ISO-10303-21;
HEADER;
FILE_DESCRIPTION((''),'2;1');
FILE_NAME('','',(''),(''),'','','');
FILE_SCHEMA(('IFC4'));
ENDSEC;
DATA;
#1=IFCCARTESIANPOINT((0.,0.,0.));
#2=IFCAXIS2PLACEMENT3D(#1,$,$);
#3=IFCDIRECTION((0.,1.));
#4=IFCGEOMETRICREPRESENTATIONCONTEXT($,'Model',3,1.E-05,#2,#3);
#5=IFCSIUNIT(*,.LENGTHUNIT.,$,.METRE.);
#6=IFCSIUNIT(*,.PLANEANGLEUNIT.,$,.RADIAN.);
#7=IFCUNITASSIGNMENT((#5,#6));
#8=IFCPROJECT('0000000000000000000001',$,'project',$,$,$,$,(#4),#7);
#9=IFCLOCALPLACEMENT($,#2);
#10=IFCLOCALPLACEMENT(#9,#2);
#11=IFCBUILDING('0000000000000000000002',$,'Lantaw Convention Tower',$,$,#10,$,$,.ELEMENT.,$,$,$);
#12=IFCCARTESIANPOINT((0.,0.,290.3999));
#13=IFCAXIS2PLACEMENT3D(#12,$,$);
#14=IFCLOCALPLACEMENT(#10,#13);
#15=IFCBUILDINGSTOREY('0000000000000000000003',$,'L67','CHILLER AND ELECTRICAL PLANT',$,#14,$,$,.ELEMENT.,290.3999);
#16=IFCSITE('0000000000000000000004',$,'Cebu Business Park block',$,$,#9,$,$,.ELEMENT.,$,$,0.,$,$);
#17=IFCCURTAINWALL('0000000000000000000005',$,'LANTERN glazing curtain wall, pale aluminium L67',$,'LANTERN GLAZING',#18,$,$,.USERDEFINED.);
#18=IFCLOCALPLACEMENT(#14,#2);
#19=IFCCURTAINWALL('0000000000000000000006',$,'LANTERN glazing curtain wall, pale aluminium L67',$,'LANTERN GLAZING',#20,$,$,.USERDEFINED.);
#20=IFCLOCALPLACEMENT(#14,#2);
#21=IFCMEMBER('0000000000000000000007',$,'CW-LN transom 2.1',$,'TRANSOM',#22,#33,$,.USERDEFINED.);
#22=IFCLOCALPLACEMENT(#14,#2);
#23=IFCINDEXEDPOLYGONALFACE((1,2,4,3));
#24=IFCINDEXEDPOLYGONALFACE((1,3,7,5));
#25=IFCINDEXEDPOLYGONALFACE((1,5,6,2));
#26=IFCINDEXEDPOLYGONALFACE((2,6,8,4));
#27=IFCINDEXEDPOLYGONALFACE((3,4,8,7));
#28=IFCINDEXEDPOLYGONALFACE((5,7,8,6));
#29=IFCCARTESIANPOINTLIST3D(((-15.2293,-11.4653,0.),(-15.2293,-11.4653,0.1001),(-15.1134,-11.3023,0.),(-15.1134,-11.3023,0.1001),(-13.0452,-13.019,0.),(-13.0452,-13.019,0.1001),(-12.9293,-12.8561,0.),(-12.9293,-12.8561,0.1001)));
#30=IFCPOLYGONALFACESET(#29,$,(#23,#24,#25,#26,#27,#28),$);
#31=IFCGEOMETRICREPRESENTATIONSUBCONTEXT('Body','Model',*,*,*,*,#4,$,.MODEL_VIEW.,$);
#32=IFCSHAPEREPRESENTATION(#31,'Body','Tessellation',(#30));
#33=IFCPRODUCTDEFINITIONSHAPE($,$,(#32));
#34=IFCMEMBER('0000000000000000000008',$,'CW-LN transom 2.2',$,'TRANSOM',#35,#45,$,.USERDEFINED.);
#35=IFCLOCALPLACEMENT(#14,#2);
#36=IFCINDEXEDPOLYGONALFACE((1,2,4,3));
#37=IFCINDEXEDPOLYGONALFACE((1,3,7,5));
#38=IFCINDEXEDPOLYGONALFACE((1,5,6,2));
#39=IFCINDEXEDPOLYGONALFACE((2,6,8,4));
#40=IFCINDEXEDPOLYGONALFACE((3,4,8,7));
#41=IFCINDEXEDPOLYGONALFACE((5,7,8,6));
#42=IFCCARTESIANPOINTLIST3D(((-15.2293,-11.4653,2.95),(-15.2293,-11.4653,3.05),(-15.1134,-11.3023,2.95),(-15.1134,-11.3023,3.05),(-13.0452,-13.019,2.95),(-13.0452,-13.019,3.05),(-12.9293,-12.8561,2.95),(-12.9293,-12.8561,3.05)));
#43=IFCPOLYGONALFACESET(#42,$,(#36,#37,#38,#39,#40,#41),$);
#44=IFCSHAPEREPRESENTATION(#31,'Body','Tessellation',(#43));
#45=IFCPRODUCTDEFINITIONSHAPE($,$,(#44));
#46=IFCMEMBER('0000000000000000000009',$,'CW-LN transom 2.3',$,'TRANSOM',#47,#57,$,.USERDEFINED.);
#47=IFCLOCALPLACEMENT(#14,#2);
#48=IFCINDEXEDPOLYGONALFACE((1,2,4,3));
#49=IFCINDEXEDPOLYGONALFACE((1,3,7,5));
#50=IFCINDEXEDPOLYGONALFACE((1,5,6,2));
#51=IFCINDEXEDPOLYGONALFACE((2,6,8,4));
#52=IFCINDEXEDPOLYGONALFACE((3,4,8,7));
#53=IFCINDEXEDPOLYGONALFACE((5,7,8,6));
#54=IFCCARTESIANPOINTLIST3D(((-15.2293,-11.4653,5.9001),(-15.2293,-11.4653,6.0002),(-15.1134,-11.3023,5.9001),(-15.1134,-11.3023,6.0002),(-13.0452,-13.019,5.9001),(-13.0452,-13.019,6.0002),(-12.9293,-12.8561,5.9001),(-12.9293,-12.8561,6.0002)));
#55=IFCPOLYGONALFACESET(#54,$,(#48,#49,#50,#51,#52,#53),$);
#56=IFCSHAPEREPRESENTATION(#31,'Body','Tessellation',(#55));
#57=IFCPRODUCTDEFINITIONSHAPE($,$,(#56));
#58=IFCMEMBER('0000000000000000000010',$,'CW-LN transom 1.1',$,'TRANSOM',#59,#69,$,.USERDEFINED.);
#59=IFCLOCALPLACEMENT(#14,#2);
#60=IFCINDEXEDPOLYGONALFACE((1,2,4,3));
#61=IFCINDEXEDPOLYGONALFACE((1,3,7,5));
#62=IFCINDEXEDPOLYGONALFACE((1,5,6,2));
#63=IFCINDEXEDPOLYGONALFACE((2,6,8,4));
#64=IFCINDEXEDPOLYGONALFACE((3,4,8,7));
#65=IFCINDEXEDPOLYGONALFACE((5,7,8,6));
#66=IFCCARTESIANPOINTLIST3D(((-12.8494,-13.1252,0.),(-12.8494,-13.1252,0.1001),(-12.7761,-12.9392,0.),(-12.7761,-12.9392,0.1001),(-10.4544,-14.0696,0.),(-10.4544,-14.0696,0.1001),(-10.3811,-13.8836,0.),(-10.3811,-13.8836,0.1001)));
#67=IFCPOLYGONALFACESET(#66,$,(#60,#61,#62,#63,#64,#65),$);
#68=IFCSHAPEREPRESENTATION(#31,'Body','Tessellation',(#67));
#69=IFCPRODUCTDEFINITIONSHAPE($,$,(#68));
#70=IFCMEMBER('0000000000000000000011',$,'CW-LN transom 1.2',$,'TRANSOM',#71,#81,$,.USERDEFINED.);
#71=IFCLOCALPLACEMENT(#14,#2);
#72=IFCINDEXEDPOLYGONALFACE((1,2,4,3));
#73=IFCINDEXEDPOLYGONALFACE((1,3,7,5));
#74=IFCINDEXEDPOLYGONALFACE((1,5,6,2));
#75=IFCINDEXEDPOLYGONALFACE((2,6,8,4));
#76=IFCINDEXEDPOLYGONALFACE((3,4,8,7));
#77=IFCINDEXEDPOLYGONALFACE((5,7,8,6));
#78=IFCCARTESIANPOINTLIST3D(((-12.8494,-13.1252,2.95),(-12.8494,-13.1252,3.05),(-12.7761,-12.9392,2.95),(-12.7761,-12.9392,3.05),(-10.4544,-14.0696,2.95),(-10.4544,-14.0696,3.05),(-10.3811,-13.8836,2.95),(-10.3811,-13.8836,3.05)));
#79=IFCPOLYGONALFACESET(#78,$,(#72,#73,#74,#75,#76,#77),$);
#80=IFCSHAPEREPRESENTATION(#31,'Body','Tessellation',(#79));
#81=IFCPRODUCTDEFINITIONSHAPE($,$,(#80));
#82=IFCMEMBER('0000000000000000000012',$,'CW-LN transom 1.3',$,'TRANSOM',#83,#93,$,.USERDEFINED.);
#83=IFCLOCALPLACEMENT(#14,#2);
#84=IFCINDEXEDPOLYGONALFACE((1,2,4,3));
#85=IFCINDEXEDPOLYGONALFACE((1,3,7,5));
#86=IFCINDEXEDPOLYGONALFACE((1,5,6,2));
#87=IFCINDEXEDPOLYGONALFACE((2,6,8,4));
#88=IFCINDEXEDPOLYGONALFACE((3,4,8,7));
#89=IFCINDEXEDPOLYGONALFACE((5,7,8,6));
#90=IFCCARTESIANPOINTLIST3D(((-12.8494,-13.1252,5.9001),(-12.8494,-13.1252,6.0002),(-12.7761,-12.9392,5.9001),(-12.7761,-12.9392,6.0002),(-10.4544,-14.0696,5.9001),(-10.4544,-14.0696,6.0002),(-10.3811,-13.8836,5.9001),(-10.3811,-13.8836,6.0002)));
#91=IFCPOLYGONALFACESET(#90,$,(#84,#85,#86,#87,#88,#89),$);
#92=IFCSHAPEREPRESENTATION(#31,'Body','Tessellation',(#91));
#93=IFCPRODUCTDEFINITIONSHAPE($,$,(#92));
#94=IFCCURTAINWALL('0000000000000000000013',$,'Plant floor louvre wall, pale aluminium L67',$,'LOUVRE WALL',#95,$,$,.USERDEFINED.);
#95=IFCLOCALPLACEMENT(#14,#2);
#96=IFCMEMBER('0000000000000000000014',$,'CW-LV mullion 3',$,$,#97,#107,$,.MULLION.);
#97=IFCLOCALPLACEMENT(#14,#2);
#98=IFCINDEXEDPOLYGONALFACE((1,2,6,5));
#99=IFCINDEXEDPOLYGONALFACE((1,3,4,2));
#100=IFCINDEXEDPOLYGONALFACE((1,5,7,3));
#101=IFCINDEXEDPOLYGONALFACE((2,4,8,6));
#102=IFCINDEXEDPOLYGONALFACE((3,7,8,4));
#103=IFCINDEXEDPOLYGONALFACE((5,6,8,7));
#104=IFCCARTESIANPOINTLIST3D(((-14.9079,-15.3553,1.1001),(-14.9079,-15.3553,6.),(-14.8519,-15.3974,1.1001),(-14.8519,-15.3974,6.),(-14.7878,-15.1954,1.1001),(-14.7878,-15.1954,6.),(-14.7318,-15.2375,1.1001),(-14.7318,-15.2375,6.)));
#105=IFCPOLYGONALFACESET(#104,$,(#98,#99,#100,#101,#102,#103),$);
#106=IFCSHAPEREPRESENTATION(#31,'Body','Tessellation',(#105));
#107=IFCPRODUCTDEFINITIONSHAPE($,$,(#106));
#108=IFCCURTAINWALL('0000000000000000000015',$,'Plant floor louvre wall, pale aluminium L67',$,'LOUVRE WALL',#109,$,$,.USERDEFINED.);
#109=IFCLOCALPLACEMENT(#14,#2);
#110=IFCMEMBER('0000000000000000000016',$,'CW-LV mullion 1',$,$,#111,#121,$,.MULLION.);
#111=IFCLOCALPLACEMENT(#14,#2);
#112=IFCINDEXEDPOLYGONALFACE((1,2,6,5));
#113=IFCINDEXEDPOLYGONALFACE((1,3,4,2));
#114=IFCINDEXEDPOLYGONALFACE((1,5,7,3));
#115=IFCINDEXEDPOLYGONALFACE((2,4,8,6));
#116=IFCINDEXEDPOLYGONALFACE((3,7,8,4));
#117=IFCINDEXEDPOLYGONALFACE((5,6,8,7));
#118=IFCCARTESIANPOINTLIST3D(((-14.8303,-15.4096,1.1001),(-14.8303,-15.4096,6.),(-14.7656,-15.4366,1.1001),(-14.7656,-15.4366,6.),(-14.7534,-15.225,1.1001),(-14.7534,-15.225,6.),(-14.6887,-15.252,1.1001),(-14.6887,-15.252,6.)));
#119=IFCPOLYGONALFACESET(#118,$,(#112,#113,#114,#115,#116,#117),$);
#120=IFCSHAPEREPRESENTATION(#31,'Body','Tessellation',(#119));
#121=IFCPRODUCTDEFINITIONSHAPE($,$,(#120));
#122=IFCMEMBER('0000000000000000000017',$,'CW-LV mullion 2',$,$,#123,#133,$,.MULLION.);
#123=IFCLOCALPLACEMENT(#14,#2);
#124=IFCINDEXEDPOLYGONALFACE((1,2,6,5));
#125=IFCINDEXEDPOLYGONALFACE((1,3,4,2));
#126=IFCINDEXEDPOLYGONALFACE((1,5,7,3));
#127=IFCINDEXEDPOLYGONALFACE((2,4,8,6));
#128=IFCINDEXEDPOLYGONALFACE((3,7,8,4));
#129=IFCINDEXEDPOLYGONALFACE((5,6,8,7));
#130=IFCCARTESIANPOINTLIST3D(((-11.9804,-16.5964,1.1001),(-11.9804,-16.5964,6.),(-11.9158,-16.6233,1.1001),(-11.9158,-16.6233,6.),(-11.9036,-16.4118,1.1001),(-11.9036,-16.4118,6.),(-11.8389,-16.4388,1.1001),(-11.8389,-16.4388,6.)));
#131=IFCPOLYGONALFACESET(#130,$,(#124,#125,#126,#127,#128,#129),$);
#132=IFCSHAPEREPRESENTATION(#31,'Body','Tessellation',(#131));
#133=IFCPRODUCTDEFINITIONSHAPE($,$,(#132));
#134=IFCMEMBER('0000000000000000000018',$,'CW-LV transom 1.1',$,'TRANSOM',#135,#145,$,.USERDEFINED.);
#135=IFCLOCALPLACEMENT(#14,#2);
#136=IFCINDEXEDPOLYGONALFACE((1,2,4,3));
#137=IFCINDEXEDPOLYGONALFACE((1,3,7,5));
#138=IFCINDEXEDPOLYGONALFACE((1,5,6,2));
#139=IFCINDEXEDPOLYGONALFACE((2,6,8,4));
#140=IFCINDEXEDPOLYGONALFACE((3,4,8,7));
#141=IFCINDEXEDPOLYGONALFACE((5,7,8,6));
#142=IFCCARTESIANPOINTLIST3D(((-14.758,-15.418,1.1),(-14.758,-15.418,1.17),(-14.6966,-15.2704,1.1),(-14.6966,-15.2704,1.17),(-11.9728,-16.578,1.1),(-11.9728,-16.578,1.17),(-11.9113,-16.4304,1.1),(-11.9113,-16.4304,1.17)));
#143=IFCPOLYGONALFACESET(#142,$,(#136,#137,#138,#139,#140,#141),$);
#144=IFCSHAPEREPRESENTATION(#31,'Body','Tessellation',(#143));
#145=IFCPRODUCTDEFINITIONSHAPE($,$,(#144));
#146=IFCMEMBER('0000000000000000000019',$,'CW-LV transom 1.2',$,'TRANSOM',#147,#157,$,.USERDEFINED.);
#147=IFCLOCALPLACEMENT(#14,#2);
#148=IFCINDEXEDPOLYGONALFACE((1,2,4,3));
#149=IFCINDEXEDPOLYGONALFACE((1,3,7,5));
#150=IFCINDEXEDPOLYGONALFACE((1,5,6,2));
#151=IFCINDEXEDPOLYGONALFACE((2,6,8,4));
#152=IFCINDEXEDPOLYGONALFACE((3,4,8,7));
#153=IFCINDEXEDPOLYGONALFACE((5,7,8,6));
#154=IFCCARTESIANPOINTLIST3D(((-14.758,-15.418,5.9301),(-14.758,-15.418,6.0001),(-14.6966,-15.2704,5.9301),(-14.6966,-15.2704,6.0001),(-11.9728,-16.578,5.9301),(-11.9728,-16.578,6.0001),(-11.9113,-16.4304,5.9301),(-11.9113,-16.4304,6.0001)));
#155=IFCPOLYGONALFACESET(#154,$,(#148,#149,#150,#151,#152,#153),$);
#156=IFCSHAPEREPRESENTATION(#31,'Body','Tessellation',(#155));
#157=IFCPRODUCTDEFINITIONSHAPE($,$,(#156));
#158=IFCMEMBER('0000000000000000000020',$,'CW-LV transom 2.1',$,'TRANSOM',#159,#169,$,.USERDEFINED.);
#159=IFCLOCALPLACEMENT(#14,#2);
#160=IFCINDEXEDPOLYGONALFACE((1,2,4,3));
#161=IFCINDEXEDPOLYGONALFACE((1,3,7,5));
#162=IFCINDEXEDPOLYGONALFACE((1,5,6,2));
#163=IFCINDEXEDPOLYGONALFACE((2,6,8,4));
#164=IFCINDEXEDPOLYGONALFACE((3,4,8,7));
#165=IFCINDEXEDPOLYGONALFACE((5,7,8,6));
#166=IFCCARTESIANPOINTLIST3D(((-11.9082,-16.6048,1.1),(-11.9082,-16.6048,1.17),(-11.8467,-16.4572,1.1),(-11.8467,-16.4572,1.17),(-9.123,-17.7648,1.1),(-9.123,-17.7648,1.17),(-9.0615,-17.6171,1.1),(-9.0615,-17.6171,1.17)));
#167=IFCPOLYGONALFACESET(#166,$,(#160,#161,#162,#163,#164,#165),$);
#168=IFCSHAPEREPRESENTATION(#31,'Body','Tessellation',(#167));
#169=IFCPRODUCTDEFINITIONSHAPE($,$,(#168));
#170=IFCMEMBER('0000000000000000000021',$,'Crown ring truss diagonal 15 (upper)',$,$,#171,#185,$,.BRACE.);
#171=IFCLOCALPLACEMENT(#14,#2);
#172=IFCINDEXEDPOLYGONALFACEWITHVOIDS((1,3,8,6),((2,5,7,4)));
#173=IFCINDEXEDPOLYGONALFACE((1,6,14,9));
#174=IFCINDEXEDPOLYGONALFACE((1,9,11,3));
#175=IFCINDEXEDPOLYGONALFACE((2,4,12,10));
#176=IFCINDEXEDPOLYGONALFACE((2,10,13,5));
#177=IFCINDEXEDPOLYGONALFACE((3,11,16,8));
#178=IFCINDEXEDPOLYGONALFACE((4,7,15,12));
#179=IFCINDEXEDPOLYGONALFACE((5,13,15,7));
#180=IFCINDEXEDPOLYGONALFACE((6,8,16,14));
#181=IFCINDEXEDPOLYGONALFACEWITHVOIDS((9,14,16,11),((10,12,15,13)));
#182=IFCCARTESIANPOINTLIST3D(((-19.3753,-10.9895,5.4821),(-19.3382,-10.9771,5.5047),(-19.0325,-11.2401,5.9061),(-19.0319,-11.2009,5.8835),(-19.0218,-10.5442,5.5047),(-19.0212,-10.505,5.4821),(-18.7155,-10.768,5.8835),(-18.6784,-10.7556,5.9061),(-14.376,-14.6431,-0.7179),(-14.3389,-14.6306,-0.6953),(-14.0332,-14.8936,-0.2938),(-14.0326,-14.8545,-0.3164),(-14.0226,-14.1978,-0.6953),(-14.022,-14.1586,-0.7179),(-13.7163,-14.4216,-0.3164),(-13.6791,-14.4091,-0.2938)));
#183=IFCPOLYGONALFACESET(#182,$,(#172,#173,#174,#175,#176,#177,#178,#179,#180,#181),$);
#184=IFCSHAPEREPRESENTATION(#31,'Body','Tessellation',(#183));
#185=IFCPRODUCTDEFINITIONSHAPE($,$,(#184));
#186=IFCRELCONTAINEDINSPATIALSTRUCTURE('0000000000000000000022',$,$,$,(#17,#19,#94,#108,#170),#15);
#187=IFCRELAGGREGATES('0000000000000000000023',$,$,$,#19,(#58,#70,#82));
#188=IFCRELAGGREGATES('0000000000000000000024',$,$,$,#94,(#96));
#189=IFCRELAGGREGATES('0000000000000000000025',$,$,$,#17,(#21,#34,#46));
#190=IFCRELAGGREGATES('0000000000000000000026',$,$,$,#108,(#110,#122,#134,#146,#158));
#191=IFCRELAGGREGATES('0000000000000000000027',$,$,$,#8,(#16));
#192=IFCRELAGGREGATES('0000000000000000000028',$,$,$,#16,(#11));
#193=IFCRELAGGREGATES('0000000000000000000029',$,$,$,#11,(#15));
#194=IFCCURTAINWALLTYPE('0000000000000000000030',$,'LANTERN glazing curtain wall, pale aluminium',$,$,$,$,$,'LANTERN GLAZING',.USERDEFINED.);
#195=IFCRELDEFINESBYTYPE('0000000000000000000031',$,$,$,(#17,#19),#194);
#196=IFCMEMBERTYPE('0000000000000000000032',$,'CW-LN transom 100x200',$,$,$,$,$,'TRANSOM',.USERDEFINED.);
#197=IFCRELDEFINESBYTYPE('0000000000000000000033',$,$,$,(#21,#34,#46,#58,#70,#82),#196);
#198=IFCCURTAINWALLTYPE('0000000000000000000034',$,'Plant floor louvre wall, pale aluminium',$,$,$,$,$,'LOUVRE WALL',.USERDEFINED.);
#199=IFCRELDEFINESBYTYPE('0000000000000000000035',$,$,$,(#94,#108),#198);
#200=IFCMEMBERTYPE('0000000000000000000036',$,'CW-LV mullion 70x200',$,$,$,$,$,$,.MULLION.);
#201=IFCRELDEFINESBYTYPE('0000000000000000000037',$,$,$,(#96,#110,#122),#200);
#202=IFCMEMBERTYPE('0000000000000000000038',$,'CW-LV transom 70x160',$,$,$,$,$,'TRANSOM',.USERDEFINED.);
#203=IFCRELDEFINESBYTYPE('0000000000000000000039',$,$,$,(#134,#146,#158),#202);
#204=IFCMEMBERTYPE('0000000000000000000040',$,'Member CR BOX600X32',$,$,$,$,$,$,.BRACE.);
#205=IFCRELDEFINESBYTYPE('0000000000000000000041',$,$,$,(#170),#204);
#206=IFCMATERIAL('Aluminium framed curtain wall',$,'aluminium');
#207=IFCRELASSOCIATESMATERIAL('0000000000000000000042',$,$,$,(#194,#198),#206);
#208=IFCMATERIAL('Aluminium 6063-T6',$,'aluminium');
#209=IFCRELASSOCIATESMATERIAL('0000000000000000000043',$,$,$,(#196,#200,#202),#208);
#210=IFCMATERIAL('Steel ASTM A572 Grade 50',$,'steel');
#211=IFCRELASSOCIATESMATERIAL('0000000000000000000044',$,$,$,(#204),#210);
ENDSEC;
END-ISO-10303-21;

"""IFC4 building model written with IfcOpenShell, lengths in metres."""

from ifc_helpers import new_model, si_unit, direction, frame, origin, origin_2d, place, context, subcontext, project, spatial, rectangle, hollow_rectangle, extrude, material, material_profile, profile_set, type_object, element, aggregate, save


model = new_model("IFC4")

# Units and contexts
model_context = context("Model", 3, precision=1e-05, world=origin(), true_north=direction((0.0, 1.0)))
body_context = subcontext(model_context, "Body", "Model", "MODEL_VIEW")
ifc_project = project(units=[si_unit("LENGTHUNIT", "METRE"), si_unit("PLANEANGLEUNIT", "RADIAN")], contexts=[model_context])

# Site, building, storey
site_placement = place(None, origin())
site = spatial("IfcSite", under=ifc_project, at=site_placement, Name="Cebu Business Park block", CompositionType="ELEMENT", RefElevation=0.0)
building_placement = place(site_placement, origin())
building = spatial("IfcBuilding", under=site, at=building_placement, Name="Lantaw Convention Tower", CompositionType="ELEMENT")
storey_placement = place(building_placement, frame((0.0, 0.0, 290.3999)))
storey = spatial("IfcBuildingStorey", under=building, at=storey_placement, Name="L67", Description="CHILLER AND ELECTRICAL PLANT", CompositionType="ELEMENT", Elevation=290.3999)

# Shared definitions
ifc_material_1 = material(Name="Steel ASTM A572 Grade 50", Category="steel")

# Curtain wall
ifc_material_2 = material(Name="Aluminium framed curtain wall", Category="aluminium")
curtain_wall_type_1 = type_object("IfcCurtainWallType", Name="LANTERN glazing curtain wall, pale aluminium", ElementType="LANTERN GLAZING", PredefinedType="USERDEFINED", material=ifc_material_2)
curtain_wall_1_placement = place(storey_placement, origin())
curtain_wall_1 = element("IfcCurtainWall", 1, at=curtain_wall_1_placement, inside=storey, type_object=curtain_wall_type_1, Name="LANTERN glazing curtain wall, pale aluminium L67", ObjectType="LANTERN GLAZING", PredefinedType="USERDEFINED")
ifc_material_3 = material(Name="Aluminium 6063-T6", Category="aluminium")

# Curtain wall
curtain_wall_2_placement = place(storey_placement, origin())
curtain_wall_2 = element("IfcCurtainWall", 2, at=curtain_wall_2_placement, inside=storey, type_object=curtain_wall_type_1, Name="LANTERN glazing curtain wall, pale aluminium L67", ObjectType="LANTERN GLAZING", PredefinedType="USERDEFINED")

# Members
ifc_material_profile_1 = material_profile(ifc_material_3, rectangle(XDim=0.2, YDim=0.1001, at=origin_2d()), Name="CW-LN transom 100x200")
ifc_profile_set_1 = profile_set([ifc_material_profile_1], Name="Aluminium 6063-T6")
member_type_1 = type_object("IfcMemberType", Name="CW-LN transom 100x200", ElementType="TRANSOM", PredefinedType="USERDEFINED", material=ifc_profile_set_1)
member_1_placement = place(storey_placement, frame((-15.1714, -11.3838, 0.05), z_axis=(0.814852, -0.579669, 0.0), x_axis=(0.579669, 0.814852, 0.0)))
member_1 = element("IfcMember", 3, at=member_1_placement, type_object=member_type_1, Name="CW-LN transom 2.1", ObjectType="TRANSOM", PredefinedType="USERDEFINED", context=body_context, shape_type="SweptSolid", body=[
    extrude(rectangle(XDim=0.2, YDim=0.1001, at=origin_2d()), origin(), (0.0, 0.0, 1.0), 2.6804),
])
member_2_placement = place(storey_placement, frame((-15.1714, -11.3838, 3.0), z_axis=(0.814852, -0.579669, 0.0), x_axis=(0.579669, 0.814852, 0.0)))
member_2 = element("IfcMember", 4, at=member_2_placement, type_object=member_type_1, Name="CW-LN transom 2.2", ObjectType="TRANSOM", PredefinedType="USERDEFINED", context=body_context, shape_type="SweptSolid", body=[
    extrude(rectangle(XDim=0.2, YDim=0.1001, at=origin_2d()), origin(), (0.0, 0.0, 1.0), 2.6804),
])
member_3_placement = place(storey_placement, frame((-15.1714, -11.3838, 5.9502), z_axis=(0.814852, -0.579669, 0.0), x_axis=(0.579669, 0.814852, 0.0)))
member_3 = element("IfcMember", 5, at=member_3_placement, type_object=member_type_1, Name="CW-LN transom 2.3", ObjectType="TRANSOM", PredefinedType="USERDEFINED", context=body_context, shape_type="SweptSolid", body=[
    extrude(rectangle(XDim=0.2, YDim=0.1001, at=origin_2d()), origin(), (0.0, 0.0, 1.0), 2.6804),
])
member_4_placement = place(storey_placement, frame((-12.8127, -13.0322, 0.05), z_axis=(0.930297, -0.366808, 0.0), x_axis=(0.366808, 0.930297, 0.0)))
member_4 = element("IfcMember", 6, at=member_4_placement, type_object=member_type_1, Name="CW-LN transom 1.1", ObjectType="TRANSOM", PredefinedType="USERDEFINED", context=body_context, shape_type="SweptSolid", body=[
    extrude(rectangle(XDim=0.2, YDim=0.1001, at=origin_2d()), origin(), (0.0, 0.0, 1.0), 2.5745),
])
member_5_placement = place(storey_placement, frame((-12.8127, -13.0322, 3.0), z_axis=(0.930297, -0.366808, 0.0), x_axis=(0.366808, 0.930297, 0.0)))
member_5 = element("IfcMember", 7, at=member_5_placement, type_object=member_type_1, Name="CW-LN transom 1.2", ObjectType="TRANSOM", PredefinedType="USERDEFINED", context=body_context, shape_type="SweptSolid", body=[
    extrude(rectangle(XDim=0.2, YDim=0.1001, at=origin_2d()), origin(), (0.0, 0.0, 1.0), 2.5745),
])
member_6_placement = place(storey_placement, frame((-12.8127, -13.0322, 5.9502), z_axis=(0.930297, -0.366808, 0.0), x_axis=(0.366808, 0.930297, 0.0)))
member_6 = element("IfcMember", 8, at=member_6_placement, type_object=member_type_1, Name="CW-LN transom 1.3", ObjectType="TRANSOM", PredefinedType="USERDEFINED", context=body_context, shape_type="SweptSolid", body=[
    extrude(rectangle(XDim=0.2, YDim=0.1001, at=origin_2d()), origin(), (0.0, 0.0, 1.0), 2.5745),
])
aggregate(curtain_wall_2, [member_4, member_5, member_6])

# Curtain wall, member
curtain_wall_type_2 = type_object("IfcCurtainWallType", Name="Plant floor louvre wall, pale aluminium", ElementType="LOUVRE WALL", PredefinedType="USERDEFINED", material=ifc_material_2)
curtain_wall_3_placement = place(storey_placement, origin())
curtain_wall_3 = element("IfcCurtainWall", 9, at=curtain_wall_3_placement, inside=storey, type_object=curtain_wall_type_2, Name="Plant floor louvre wall, pale aluminium L67", ObjectType="LOUVRE WALL", PredefinedType="USERDEFINED")
ifc_material_profile_2 = material_profile(ifc_material_3, rectangle(XDim=0.2, YDim=0.0701, at=origin_2d()), Name="CW-LV mullion 70x200")
ifc_profile_set_2 = profile_set([ifc_material_profile_2], Name="Aluminium 6063-T6")
member_type_2 = type_object("IfcMemberType", Name="CW-LV mullion 70x200", PredefinedType="MULLION", material=ifc_profile_set_2)
member_7_placement = place(storey_placement, frame((-14.8198, -15.2964, 1.1001), z_axis=(0.0, 0.0, 1.0), x_axis=(0.600643, 0.799518, 0.0)))
member_7 = element("IfcMember", 10, at=member_7_placement, type_object=member_type_2, Name="CW-LV mullion 3", PredefinedType="MULLION", context=body_context, shape_type="SweptSolid", body=[
    extrude(rectangle(XDim=0.2, YDim=0.0701, at=origin_2d()), origin(), (0.0, 0.0, 1.0), 4.8999),
])
aggregate(curtain_wall_3, [member_7])

# Curtain wall, members
curtain_wall_4_placement = place(storey_placement, origin())
curtain_wall_4 = element("IfcCurtainWall", 11, at=curtain_wall_4_placement, inside=storey, type_object=curtain_wall_type_2, Name="Plant floor louvre wall, pale aluminium L67", ObjectType="LOUVRE WALL", PredefinedType="USERDEFINED")
member_8_placement = place(storey_placement, frame((-14.7595, -15.3308, 1.1001), z_axis=(0.0, 0.0, 1.0), x_axis=(0.38446, 0.923142, 0.0)))
member_8 = element("IfcMember", 12, at=member_8_placement, type_object=member_type_2, Name="CW-LV mullion 1", PredefinedType="MULLION", context=body_context, shape_type="SweptSolid", body=[
    extrude(rectangle(XDim=0.2, YDim=0.0701, at=origin_2d()), origin(), (0.0, 0.0, 1.0), 4.8999),
])
member_9_placement = place(storey_placement, frame((-11.9097, -16.5176, 1.1001), z_axis=(0.0, 0.0, 1.0), x_axis=(0.38446, 0.923142, 0.0)))
member_9 = element("IfcMember", 13, at=member_9_placement, type_object=member_type_2, Name="CW-LV mullion 2", PredefinedType="MULLION", context=body_context, shape_type="SweptSolid", body=[
    extrude(rectangle(XDim=0.2, YDim=0.0701, at=origin_2d()), origin(), (0.0, 0.0, 1.0), 4.8999),
])
ifc_material_profile_3 = material_profile(ifc_material_3, rectangle(XDim=0.1599, YDim=0.0701, at=origin_2d()), Name="CW-LV transom 70x160")
ifc_profile_set_3 = profile_set([ifc_material_profile_3], Name="Aluminium 6063-T6")
member_type_3 = type_object("IfcMemberType", Name="CW-LV transom 70x160", ElementType="TRANSOM", PredefinedType="USERDEFINED", material=ifc_profile_set_3)
member_10_placement = place(storey_placement, frame((-14.7273, -15.3442, 1.135), z_axis=(0.923144, -0.384454, 0.0), x_axis=(0.384454, 0.923144, 0.0)))
member_10 = element("IfcMember", 14, at=member_10_placement, type_object=member_type_3, Name="CW-LV transom 1.1", ObjectType="TRANSOM", PredefinedType="USERDEFINED", context=body_context, shape_type="SweptSolid", body=[
    extrude(rectangle(XDim=0.1599, YDim=0.0701, at=origin_2d()), origin(), (0.0, 0.0, 1.0), 3.0171),
])
member_11_placement = place(storey_placement, frame((-14.7273, -15.3442, 5.9651), z_axis=(0.923144, -0.384454, 0.0), x_axis=(0.384454, 0.923144, 0.0)))
member_11 = element("IfcMember", 15, at=member_11_placement, type_object=member_type_3, Name="CW-LV transom 1.2", ObjectType="TRANSOM", PredefinedType="USERDEFINED", context=body_context, shape_type="SweptSolid", body=[
    extrude(rectangle(XDim=0.1599, YDim=0.0701, at=origin_2d()), origin(), (0.0, 0.0, 1.0), 3.0171),
])
member_12_placement = place(storey_placement, frame((-11.8774, -16.531, 1.135), z_axis=(0.923144, -0.384454, 0.0), x_axis=(0.384454, 0.923144, 0.0)))
member_12 = element("IfcMember", 16, at=member_12_placement, type_object=member_type_3, Name="CW-LV transom 2.1", ObjectType="TRANSOM", PredefinedType="USERDEFINED", context=body_context, shape_type="SweptSolid", body=[
    extrude(rectangle(XDim=0.1599, YDim=0.0701, at=origin_2d()), origin(), (0.0, 0.0, 1.0), 3.0171),
])

# Member
ifc_material_profile_4 = material_profile(ifc_material_1, hollow_rectangle(XDim=0.6001, YDim=0.6001, WallThickness=0.032, at=origin_2d()), Name="BOX600X32")
ifc_profile_set_4 = profile_set([ifc_material_profile_4], Name="Steel ASTM A572 Grade 50")
member_type_4 = type_object("IfcMemberType", Name="Member CR BOX600X32", PredefinedType="BRACE", material=ifc_profile_set_4)
member_13_placement = place(storey_placement, frame((-14.0276, -14.5261, -0.5059), z_axis=(-0.570533, 0.416957, 0.707559), x_axis=(-0.590043, -0.807372, 0.0)))
element("IfcMember", 17, at=member_13_placement, inside=storey, type_object=member_type_4, Name="Crown ring truss diagonal 15 (upper)", PredefinedType="BRACE", context=body_context, shape_type="SweptSolid", body=[
    extrude(hollow_rectangle(XDim=0.6001, YDim=0.6001, WallThickness=0.032, at=origin_2d()), origin(), (0.0, 0.0, 1.0), 8.7625),
])

aggregate(curtain_wall_1, [member_1, member_2, member_3])
aggregate(curtain_wall_4, [member_8, member_9, member_10, member_11, member_12])

save(model, "model.ifc")
